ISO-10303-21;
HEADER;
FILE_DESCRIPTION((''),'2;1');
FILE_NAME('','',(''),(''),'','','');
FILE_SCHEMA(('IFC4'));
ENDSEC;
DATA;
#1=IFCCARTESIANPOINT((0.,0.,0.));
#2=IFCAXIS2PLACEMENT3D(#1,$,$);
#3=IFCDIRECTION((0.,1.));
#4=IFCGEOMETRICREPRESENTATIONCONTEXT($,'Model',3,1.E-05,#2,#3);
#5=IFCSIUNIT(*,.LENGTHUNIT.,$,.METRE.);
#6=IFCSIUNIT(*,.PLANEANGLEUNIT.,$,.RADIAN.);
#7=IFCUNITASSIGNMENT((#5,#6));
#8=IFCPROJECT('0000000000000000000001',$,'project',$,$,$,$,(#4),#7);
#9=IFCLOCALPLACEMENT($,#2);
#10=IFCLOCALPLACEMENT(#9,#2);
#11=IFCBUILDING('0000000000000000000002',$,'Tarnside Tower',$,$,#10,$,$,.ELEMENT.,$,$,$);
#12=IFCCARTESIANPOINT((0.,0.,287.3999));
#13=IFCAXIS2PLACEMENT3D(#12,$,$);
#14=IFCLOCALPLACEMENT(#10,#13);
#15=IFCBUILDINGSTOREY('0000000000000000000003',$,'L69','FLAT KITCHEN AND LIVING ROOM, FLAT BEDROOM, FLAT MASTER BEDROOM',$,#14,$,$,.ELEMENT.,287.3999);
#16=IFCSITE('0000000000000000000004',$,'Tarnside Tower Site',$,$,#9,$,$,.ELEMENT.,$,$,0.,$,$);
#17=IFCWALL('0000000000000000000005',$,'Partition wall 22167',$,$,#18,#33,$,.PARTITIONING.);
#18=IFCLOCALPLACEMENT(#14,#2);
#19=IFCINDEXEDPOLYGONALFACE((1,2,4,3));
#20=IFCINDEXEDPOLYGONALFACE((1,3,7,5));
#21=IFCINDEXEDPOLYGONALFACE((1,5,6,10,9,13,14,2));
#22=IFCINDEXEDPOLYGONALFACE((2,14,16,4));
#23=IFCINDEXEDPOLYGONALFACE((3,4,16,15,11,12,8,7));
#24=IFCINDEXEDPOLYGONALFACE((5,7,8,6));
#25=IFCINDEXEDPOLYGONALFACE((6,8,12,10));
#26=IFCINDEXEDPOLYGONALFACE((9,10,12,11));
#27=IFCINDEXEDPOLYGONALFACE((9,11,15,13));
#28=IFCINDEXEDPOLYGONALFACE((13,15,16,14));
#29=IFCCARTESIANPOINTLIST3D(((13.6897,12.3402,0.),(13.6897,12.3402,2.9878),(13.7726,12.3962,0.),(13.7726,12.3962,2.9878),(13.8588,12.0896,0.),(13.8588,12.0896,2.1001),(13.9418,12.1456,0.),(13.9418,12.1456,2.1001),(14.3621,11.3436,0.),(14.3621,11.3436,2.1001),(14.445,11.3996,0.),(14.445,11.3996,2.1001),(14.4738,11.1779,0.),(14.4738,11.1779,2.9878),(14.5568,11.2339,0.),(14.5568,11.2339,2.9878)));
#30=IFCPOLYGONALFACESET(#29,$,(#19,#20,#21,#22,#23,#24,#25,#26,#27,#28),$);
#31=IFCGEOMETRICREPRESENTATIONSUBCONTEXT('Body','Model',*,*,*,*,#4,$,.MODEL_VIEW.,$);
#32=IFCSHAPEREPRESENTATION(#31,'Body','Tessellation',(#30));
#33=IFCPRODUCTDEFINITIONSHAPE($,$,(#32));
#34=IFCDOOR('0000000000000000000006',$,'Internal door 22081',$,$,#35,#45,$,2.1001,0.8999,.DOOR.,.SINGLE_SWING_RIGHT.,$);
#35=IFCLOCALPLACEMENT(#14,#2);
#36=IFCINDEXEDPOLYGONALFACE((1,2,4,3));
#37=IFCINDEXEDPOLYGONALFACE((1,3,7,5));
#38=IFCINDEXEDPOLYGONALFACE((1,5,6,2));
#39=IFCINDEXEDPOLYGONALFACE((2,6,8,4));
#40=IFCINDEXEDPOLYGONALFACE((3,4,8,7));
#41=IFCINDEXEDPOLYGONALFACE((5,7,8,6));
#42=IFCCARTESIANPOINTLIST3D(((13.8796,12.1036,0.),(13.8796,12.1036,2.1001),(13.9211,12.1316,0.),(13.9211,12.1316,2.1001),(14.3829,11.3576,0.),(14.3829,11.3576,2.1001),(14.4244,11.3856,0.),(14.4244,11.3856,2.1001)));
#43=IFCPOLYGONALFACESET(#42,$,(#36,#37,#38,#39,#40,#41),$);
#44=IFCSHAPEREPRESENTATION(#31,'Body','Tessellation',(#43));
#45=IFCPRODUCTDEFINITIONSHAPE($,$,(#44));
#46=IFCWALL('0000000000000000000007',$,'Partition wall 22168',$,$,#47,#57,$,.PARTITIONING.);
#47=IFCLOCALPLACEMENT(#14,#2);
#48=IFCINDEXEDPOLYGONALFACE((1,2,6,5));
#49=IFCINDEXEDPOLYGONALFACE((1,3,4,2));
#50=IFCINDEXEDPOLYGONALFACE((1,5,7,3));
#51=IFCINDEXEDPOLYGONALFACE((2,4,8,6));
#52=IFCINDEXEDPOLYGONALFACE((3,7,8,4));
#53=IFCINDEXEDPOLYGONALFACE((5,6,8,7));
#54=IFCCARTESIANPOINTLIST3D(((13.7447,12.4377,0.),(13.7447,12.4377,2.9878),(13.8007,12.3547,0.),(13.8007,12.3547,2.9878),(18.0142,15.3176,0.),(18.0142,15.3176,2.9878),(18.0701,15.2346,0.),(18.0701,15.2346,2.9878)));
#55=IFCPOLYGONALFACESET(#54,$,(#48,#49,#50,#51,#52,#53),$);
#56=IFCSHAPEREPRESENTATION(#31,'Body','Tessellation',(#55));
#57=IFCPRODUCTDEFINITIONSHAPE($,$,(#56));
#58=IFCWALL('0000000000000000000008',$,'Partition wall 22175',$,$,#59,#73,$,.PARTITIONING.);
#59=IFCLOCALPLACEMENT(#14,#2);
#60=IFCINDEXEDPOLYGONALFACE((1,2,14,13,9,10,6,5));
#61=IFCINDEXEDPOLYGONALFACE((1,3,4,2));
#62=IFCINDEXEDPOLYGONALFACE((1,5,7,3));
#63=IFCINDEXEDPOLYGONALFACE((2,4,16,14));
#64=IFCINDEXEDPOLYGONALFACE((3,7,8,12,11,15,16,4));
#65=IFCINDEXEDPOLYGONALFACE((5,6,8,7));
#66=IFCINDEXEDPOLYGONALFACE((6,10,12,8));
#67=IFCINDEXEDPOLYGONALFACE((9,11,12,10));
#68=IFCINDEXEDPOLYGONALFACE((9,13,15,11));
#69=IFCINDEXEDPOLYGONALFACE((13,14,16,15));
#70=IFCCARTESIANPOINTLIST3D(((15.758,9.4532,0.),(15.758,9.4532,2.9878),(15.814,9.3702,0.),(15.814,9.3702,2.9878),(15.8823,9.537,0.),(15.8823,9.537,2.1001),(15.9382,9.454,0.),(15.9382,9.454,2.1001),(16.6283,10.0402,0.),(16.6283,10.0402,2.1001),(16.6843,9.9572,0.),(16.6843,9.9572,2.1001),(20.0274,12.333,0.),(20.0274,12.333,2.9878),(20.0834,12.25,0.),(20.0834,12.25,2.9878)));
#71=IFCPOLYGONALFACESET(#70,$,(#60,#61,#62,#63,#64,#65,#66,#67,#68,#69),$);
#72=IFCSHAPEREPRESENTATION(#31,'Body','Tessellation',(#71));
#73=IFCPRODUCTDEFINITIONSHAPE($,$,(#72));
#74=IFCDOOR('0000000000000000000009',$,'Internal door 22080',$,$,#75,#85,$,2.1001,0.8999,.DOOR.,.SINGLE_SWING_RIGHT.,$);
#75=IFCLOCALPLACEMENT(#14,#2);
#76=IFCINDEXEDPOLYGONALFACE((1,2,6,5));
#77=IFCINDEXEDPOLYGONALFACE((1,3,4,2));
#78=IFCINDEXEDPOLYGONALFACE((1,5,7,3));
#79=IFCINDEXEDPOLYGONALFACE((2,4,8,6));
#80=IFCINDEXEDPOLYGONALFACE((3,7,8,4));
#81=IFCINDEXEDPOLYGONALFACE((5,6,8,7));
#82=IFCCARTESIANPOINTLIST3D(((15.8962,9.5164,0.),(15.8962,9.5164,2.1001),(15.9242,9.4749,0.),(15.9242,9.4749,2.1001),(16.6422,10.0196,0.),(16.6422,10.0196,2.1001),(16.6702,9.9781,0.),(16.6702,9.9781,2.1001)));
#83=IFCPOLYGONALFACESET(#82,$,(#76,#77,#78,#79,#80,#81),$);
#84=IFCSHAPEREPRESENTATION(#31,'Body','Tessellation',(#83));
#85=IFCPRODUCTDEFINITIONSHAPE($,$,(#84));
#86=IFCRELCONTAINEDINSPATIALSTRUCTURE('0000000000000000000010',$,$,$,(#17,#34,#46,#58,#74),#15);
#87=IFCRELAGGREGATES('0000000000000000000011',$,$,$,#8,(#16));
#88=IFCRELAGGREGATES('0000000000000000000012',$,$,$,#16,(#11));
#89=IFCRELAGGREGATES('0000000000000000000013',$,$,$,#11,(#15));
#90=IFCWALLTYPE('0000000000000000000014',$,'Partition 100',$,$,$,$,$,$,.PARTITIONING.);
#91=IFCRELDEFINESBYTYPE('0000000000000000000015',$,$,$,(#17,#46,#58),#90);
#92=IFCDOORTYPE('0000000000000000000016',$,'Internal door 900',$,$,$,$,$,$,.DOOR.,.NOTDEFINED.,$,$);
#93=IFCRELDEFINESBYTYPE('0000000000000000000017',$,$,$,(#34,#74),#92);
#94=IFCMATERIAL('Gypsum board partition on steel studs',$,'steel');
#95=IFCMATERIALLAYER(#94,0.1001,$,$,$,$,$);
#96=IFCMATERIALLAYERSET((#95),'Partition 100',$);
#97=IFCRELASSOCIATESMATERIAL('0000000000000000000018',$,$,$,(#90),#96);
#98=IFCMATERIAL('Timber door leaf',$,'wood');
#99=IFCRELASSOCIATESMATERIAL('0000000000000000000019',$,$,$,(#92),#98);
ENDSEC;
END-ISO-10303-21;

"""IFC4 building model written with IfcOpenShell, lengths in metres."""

from ifc_helpers import new_model, si_unit, direction, frame, frame_2d, origin, place, context, subcontext, project, spatial, rectangle, extrude, material, layer, layer_set, type_object, element, fill, save


model = new_model("IFC4")

# Units and contexts
model_context = context("Model", 3, precision=1e-05, world=origin(), true_north=direction((0.0, 1.0)))
body_context = subcontext(model_context, "Body", "Model", "MODEL_VIEW")
ifc_project = project(units=[si_unit("LENGTHUNIT", "METRE"), si_unit("PLANEANGLEUNIT", "RADIAN")], contexts=[model_context])

# Site, building, storey
site_placement = place(None, origin())
site = spatial("IfcSite", under=ifc_project, at=site_placement, Name="Tarnside Tower Site", CompositionType="ELEMENT", RefElevation=0.0)
building_placement = place(site_placement, origin())
building = spatial("IfcBuilding", under=site, at=building_placement, Name="Tarnside Tower", CompositionType="ELEMENT")
storey_placement = place(building_placement, frame((0.0, 0.0, 287.3999)))
storey = spatial("IfcBuildingStorey", under=building, at=storey_placement, Name="L69", Description="FLAT KITCHEN AND LIVING ROOM, FLAT BEDROOM, FLAT MASTER BEDROOM", CompositionType="ELEMENT", Elevation=287.3999)

# Shared definitions
ifc_material_1 = material(Name="Gypsum board partition on steel studs", Category="steel")

# Wall, opening, door
ifc_layer_1 = layer(ifc_material_1, 0.1001)
ifc_layer_set_1 = layer_set([ifc_layer_1], Name="Partition 100")
wall_type_1 = type_object("IfcWallType", Name="Partition 100", PredefinedType="PARTITIONING", material=ifc_layer_set_1)
wall_1_placement = place(storey_placement, frame((14.5154, 11.2058, 0.0), z_axis=(0.0, 0.0, 1.0), x_axis=(-0.559272, 0.828984, 0.0)))
wall_1 = element("IfcWall", 1, at=wall_1_placement, inside=storey, type_object=wall_type_1, Name="Partition wall 22167", PredefinedType="PARTITIONING", context=body_context, shape_type="SweptSolid", body=[
    extrude(rectangle(XDim=1.4021, YDim=0.1001, at=frame_2d((0.7012, 0.0))), origin(), (0.0, 0.0, 1.0), 2.9878),
])
opening_1_placement = place(wall_1_placement, frame((0.2, 0.0, 0.0)))
opening_1 = element("IfcOpeningElement", 2, at=opening_1_placement, cuts=wall_1, PredefinedType="OPENING", context=body_context, shape_type="SweptSolid", body=[
    extrude(rectangle(XDim=0.8999, YDim=2.1001, at=frame_2d((0.45, 1.05))), frame((0.0, 0.0601, 0.0), z_axis=(0.0, -1.0, 0.0), x_axis=(1.0, 0.0, 0.0)), (0.0, 0.0, 1.0), 0.1201),
])
ifc_material_2 = material(Name="Timber door leaf", Category="wood")
door_type = type_object("IfcDoorType", Name="Internal door 900", OperationType="NOTDEFINED", PredefinedType="DOOR", material=ifc_material_2)
door_1_placement = place(opening_1_placement, origin())
door_1 = element("IfcDoor", 3, at=door_1_placement, inside=storey, type_object=door_type, Name="Internal door 22081", OperationType="SINGLE_SWING_RIGHT", OverallHeight=2.1001, OverallWidth=0.8999, PredefinedType="DOOR", context=body_context, shape_type="SweptSolid", body=[
    extrude(rectangle(XDim=0.8999, YDim=2.1001, at=frame_2d((0.45, 1.05))), frame((0.0, 0.0249, 0.0), z_axis=(0.0, -1.0, 0.0), x_axis=(1.0, 0.0, 0.0)), (0.0, 0.0, 1.0), 0.05),
])
fill(opening_1, door_1)

# Wall
wall_2_placement = place(storey_placement, frame((13.7727, 12.3962, 0.0), z_axis=(0.0, 0.0, 1.0), x_axis=(0.829033, 0.559199, 0.0)))
element("IfcWall", 4, at=wall_2_placement, inside=storey, type_object=wall_type_1, Name="Partition wall 22168", PredefinedType="PARTITIONING", context=body_context, shape_type="SweptSolid", body=[
    extrude(rectangle(XDim=5.1499, YDim=0.1001, at=frame_2d((2.575, 0.0))), origin(), (0.0, 0.0, 1.0), 2.9878),
])

# Wall, opening, door
wall_3_placement = place(storey_placement, frame((20.0554, 12.2915, 0.0), z_axis=(0.0, 0.0, 1.0), x_axis=(-0.829033, -0.559199, 0.0)))
wall_3 = element("IfcWall", 5, at=wall_3_placement, inside=storey, type_object=wall_type_1, Name="Partition wall 22175", PredefinedType="PARTITIONING", context=body_context, shape_type="SweptSolid", body=[
    extrude(rectangle(XDim=5.1499, YDim=0.1001, at=frame_2d((2.575, 0.0))), origin(), (0.0, 0.0, 1.0), 2.9878),
])
opening_2_placement = place(wall_3_placement, frame((4.1001, 0.0, 0.0)))
opening_2 = element("IfcOpeningElement", 6, at=opening_2_placement, cuts=wall_3, PredefinedType="OPENING", context=body_context, shape_type="SweptSolid", body=[
    extrude(rectangle(XDim=0.8999, YDim=2.1001, at=frame_2d((0.45, 1.05))), frame((0.0, 0.0601, 0.0), z_axis=(0.0, -1.0, 0.0), x_axis=(1.0, 0.0, 0.0)), (0.0, 0.0, 1.0), 0.1201),
])
door_2_placement = place(opening_2_placement, origin())
door_2 = element("IfcDoor", 7, at=door_2_placement, inside=storey, type_object=door_type, Name="Internal door 22080", OperationType="SINGLE_SWING_RIGHT", OverallHeight=2.1001, OverallWidth=0.8999, PredefinedType="DOOR", context=body_context, shape_type="SweptSolid", body=[
    extrude(rectangle(XDim=0.8999, YDim=2.1001, at=frame_2d((0.45, 1.05))), frame((0.0, 0.0249, 0.0), z_axis=(0.0, -1.0, 0.0), x_axis=(1.0, 0.0, 0.0)), (0.0, 0.0, 1.0), 0.05),
])
fill(opening_2, door_2)

save(model, "model.ifc")
